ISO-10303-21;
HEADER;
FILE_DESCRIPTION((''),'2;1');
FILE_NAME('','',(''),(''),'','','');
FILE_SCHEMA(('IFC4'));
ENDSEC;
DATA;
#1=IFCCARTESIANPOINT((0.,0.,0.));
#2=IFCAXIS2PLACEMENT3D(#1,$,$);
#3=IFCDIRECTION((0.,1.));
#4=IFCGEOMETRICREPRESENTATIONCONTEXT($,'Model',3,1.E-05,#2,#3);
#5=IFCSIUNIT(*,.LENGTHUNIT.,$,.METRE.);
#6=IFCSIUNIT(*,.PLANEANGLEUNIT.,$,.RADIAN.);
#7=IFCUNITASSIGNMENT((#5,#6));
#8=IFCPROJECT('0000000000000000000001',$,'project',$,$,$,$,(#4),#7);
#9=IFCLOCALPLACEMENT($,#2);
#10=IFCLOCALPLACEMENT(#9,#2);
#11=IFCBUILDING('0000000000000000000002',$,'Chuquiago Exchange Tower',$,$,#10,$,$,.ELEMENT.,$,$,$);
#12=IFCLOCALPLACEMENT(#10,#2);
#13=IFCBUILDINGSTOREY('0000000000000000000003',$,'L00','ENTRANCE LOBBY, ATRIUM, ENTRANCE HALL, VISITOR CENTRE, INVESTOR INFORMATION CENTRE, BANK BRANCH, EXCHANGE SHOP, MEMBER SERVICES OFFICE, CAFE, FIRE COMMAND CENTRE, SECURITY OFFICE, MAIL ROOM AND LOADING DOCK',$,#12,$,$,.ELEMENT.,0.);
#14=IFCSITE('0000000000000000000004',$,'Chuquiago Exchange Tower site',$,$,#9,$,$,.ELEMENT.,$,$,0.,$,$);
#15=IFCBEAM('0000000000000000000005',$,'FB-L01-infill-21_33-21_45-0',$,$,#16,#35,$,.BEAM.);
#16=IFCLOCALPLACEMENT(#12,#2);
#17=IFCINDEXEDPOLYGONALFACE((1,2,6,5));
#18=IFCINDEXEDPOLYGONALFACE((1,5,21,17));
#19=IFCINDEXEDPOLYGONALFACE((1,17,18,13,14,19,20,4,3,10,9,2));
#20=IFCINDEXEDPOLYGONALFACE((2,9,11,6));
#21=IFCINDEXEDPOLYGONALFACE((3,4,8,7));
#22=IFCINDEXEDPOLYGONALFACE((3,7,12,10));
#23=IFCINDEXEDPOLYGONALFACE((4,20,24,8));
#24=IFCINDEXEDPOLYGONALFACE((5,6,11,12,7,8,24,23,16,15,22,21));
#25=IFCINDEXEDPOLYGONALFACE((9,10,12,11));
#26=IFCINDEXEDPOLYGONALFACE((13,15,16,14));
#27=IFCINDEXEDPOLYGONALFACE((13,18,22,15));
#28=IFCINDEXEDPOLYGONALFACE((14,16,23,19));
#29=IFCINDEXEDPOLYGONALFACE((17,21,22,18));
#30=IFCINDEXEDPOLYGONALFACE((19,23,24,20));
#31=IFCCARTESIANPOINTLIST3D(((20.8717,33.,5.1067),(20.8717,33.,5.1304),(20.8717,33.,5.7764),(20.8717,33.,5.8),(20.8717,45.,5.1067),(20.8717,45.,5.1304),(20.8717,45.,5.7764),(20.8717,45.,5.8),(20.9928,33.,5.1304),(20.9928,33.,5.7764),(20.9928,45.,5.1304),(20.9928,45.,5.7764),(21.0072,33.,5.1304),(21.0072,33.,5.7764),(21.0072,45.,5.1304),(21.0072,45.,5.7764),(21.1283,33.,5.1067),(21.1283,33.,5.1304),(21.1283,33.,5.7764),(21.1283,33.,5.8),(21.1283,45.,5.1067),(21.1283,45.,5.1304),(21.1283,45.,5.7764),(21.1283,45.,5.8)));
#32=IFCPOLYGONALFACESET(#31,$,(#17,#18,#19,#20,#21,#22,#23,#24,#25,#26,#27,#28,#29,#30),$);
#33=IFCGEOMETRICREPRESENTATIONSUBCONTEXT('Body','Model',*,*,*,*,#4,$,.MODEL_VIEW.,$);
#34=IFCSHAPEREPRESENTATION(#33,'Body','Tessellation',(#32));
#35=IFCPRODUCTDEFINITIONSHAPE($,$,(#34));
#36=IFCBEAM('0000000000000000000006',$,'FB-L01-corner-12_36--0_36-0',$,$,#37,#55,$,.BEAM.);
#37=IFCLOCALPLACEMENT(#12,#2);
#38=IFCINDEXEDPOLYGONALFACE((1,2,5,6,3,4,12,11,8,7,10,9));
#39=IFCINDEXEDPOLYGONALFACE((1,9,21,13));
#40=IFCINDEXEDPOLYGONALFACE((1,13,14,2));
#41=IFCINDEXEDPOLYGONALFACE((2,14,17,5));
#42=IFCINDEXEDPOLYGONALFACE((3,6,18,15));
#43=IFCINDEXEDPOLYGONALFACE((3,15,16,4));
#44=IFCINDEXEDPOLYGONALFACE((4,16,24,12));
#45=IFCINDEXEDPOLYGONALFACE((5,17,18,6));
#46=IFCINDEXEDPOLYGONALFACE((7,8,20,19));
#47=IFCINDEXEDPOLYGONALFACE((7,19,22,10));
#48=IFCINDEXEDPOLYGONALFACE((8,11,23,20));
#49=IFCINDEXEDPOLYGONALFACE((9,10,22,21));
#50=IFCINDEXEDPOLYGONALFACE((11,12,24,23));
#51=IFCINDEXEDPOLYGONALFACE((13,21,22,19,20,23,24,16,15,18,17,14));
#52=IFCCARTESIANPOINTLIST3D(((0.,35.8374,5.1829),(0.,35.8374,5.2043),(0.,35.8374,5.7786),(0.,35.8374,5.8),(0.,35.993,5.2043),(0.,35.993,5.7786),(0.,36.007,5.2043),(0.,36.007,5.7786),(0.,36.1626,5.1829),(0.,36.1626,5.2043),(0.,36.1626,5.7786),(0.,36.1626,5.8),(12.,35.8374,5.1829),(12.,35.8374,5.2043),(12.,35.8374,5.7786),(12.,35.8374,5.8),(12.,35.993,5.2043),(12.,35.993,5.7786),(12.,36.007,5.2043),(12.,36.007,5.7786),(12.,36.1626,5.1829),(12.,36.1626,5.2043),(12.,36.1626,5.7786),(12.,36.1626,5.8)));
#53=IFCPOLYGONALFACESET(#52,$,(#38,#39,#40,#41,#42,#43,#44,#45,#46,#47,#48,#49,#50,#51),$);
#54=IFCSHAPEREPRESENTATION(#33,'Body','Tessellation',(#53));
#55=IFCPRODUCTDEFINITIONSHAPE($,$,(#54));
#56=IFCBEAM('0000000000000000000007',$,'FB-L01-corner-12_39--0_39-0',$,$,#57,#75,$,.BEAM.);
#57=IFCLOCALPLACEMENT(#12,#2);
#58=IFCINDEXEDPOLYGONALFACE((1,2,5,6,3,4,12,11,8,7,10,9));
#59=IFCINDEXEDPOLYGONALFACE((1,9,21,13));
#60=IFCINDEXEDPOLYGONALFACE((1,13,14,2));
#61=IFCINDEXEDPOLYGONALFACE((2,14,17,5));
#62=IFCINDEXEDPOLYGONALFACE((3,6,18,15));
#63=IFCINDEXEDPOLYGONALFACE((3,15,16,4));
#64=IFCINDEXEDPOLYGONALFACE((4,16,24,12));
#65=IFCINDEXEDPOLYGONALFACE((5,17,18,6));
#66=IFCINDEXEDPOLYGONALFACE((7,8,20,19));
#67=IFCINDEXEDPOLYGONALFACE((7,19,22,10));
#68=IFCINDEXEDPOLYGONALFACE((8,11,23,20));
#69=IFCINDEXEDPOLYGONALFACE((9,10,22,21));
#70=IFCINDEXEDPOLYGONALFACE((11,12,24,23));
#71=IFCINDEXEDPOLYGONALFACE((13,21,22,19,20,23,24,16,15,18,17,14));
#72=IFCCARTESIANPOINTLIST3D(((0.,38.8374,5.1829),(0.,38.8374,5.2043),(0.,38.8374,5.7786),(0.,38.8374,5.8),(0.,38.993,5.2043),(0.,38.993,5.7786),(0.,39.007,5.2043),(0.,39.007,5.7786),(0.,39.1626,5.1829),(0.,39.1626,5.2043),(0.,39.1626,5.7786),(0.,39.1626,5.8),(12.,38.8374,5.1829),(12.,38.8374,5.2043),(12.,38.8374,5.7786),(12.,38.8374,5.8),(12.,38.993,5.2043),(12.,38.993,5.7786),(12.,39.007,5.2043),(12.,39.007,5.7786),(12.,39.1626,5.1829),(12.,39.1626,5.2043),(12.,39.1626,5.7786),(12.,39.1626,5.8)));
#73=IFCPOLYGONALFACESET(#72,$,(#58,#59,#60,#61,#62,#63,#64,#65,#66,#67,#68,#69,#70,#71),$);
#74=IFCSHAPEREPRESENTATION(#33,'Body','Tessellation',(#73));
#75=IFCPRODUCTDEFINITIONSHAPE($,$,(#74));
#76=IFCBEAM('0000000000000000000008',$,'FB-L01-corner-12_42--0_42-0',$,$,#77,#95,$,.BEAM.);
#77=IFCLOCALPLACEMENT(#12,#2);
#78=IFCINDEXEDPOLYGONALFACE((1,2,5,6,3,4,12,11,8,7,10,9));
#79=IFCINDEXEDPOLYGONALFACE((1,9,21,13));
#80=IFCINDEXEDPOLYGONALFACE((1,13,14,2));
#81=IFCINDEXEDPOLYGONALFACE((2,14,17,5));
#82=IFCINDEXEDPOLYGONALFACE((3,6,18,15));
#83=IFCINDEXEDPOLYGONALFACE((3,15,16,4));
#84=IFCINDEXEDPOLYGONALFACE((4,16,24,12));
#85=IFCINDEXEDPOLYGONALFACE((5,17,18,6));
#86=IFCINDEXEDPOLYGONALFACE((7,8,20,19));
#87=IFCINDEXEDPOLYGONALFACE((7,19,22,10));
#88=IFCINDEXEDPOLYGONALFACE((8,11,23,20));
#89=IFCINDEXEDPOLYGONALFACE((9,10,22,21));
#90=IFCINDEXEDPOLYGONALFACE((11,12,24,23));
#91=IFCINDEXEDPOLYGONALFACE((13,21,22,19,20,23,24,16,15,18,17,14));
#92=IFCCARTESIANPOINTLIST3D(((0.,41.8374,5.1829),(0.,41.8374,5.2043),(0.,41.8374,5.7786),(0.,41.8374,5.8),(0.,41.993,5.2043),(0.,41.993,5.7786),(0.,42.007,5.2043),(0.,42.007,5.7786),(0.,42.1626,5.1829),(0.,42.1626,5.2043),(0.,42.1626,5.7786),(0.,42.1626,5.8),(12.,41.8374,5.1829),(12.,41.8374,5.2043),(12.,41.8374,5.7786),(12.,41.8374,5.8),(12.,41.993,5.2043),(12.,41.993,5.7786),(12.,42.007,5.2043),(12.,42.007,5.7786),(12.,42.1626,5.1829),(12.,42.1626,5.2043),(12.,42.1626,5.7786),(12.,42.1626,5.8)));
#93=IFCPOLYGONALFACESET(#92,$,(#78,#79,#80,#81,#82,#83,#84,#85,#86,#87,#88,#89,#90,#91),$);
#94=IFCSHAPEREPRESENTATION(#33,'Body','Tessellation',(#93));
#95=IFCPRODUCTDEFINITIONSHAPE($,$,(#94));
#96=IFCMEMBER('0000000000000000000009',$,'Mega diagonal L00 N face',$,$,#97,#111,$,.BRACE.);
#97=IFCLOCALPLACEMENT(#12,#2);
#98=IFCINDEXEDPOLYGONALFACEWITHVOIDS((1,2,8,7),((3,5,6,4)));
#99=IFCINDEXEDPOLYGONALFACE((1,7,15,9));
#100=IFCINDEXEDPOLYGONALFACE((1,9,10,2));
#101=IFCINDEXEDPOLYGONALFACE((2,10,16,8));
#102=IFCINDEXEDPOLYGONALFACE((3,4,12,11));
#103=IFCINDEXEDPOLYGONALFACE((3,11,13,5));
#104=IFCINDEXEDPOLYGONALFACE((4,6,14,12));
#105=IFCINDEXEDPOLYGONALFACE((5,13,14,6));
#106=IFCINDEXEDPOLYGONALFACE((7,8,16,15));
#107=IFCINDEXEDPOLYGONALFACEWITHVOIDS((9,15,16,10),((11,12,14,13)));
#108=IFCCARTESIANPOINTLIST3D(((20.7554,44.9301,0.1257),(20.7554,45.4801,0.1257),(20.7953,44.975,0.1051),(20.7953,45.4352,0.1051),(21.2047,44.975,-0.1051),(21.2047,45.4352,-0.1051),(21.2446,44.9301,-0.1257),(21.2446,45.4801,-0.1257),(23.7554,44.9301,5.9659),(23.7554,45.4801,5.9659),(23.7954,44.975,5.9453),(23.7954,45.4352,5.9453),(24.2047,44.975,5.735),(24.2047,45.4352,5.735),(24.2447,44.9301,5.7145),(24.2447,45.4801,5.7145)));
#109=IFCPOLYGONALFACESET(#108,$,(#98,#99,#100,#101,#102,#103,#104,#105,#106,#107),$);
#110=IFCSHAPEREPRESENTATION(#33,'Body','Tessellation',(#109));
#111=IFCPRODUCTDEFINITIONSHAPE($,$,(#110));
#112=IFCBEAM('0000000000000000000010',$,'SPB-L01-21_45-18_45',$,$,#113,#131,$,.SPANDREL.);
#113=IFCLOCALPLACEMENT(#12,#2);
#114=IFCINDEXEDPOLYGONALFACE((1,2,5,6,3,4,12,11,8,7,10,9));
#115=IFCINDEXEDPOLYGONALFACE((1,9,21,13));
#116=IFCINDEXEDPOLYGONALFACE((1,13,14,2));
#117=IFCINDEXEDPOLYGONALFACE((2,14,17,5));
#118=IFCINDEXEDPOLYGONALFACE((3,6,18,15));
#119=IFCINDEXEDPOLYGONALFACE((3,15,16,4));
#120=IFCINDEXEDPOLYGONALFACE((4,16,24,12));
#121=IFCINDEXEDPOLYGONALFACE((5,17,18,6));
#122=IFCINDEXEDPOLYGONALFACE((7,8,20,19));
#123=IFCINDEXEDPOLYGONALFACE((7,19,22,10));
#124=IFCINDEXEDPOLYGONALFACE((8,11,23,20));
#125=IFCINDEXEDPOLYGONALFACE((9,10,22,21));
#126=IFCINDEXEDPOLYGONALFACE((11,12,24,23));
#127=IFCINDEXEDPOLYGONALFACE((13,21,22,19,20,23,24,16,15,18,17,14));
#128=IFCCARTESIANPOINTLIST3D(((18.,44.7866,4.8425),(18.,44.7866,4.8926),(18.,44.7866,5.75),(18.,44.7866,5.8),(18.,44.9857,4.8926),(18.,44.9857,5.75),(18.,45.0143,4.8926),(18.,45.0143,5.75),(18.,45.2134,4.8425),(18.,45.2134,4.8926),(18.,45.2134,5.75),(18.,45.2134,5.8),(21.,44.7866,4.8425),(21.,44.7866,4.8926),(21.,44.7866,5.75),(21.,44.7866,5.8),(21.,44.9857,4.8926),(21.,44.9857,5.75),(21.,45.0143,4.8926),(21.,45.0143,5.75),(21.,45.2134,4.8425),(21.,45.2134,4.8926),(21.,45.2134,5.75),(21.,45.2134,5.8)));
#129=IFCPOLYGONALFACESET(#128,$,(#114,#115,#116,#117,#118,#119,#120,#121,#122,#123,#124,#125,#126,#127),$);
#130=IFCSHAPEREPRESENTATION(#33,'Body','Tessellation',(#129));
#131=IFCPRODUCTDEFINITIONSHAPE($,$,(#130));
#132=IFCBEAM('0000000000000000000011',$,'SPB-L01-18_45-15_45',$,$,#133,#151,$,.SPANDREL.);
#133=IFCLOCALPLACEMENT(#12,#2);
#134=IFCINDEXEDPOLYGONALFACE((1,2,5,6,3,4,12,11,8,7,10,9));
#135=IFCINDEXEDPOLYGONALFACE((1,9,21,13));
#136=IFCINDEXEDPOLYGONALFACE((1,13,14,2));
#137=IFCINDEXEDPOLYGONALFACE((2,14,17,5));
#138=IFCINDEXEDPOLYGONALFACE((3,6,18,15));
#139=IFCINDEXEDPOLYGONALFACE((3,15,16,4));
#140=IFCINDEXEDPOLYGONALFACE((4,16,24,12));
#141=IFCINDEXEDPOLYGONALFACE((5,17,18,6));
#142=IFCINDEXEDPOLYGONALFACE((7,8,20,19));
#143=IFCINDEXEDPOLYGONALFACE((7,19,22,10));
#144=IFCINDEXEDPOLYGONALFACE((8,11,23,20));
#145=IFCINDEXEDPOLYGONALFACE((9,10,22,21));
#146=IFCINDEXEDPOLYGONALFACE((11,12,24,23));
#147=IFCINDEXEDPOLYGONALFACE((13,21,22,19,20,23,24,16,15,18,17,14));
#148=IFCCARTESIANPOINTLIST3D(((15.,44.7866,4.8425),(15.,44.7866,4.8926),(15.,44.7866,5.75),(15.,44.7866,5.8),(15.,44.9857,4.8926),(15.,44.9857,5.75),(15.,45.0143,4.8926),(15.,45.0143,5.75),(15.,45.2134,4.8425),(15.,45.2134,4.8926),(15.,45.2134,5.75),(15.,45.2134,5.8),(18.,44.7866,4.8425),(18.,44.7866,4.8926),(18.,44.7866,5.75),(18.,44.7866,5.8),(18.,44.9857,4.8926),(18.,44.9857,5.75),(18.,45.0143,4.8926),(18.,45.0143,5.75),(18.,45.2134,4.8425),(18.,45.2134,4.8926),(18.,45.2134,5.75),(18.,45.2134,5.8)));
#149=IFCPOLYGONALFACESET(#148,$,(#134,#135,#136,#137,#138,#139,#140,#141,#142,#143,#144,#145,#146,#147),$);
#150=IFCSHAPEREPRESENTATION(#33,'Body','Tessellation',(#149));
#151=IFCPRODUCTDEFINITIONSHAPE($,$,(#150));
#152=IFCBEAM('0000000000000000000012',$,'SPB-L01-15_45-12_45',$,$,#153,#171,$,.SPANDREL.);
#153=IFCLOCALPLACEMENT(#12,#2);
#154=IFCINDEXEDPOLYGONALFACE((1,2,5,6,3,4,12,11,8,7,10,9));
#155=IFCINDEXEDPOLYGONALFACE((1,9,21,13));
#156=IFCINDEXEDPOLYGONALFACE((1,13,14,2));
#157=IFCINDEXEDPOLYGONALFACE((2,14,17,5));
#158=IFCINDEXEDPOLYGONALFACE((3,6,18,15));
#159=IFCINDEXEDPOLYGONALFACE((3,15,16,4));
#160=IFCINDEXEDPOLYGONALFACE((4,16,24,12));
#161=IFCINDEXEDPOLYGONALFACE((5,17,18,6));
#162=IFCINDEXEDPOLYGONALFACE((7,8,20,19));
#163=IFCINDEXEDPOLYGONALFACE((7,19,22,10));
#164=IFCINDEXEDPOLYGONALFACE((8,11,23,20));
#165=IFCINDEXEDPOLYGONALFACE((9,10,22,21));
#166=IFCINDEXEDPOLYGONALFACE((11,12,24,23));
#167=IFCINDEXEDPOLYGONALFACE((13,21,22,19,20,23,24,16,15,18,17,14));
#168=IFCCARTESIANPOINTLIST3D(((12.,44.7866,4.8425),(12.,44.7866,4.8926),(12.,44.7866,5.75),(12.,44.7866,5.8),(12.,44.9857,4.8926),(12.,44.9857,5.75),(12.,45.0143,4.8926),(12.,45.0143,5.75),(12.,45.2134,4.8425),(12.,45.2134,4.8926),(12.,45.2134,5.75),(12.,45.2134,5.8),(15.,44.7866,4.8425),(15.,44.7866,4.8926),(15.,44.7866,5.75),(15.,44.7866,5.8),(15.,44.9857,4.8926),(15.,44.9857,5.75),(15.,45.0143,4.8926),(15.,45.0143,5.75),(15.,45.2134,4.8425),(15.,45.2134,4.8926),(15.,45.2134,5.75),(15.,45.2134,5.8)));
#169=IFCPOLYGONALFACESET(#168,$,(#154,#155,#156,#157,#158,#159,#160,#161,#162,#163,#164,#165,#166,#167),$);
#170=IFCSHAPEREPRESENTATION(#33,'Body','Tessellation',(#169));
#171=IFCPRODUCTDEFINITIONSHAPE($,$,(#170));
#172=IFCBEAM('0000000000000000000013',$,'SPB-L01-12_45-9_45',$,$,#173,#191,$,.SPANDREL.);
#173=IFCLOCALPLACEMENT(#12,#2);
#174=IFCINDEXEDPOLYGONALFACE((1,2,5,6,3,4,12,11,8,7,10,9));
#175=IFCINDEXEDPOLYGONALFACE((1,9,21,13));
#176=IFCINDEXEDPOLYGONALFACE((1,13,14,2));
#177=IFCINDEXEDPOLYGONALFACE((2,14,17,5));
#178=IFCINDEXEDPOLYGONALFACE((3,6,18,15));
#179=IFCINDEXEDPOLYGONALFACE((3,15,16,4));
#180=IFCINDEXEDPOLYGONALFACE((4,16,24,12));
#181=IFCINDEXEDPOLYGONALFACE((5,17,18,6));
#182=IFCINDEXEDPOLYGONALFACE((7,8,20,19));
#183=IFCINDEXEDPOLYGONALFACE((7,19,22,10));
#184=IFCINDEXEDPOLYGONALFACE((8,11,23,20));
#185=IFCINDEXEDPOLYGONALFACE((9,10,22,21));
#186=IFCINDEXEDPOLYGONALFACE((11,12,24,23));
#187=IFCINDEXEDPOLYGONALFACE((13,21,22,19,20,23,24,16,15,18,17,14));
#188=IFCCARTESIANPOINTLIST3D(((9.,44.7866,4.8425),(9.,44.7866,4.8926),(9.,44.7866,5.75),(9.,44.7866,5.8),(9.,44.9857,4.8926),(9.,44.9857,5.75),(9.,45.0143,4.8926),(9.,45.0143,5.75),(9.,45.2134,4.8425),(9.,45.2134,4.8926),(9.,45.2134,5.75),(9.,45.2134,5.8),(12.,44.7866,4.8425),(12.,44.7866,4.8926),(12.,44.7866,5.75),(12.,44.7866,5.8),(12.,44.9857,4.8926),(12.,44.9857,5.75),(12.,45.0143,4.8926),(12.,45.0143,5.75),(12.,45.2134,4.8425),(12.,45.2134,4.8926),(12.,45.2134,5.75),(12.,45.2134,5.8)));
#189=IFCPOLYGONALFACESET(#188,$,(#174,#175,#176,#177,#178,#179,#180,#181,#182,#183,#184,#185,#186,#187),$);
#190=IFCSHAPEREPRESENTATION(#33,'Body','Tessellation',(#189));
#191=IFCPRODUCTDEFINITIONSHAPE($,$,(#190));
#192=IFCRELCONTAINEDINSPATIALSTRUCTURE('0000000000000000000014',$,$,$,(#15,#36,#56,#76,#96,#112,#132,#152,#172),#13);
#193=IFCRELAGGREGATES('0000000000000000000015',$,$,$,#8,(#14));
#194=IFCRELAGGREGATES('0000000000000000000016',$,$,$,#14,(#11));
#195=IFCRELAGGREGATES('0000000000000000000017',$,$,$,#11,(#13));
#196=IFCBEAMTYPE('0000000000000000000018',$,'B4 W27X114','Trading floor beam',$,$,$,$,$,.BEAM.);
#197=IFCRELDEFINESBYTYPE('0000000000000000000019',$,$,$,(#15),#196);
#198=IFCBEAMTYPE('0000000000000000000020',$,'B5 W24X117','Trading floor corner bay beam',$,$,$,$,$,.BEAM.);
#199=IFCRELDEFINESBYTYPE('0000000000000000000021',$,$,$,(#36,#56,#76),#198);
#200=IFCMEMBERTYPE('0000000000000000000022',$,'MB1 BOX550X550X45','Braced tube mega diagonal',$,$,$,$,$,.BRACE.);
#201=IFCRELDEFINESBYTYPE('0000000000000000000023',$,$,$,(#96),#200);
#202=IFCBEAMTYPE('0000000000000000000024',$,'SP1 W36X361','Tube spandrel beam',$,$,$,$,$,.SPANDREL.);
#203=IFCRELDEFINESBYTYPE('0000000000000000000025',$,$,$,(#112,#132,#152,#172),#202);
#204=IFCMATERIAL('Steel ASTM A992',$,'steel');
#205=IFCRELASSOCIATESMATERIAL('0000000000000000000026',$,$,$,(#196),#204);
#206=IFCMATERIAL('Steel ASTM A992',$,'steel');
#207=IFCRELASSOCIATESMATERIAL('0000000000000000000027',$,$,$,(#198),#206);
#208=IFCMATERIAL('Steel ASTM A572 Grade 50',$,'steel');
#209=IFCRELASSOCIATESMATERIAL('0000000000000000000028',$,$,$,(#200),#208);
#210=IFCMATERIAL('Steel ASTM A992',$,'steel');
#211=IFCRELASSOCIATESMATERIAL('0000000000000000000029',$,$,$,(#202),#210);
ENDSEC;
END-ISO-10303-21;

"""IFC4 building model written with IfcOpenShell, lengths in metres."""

from ifc_helpers import new_model, si_unit, direction, frame, origin, origin_2d, place, context, subcontext, project, spatial, hollow_rectangle, i_section, extrude, material, material_profile, profile_set, type_object, element, save


model = new_model("IFC4")

# Units and contexts
model_context = context("Model", 3, precision=1e-05, world=origin(), true_north=direction((0.0, 1.0)))
body_context = subcontext(model_context, "Body", "Model", "MODEL_VIEW")
ifc_project = project(units=[si_unit("LENGTHUNIT", "METRE"), si_unit("PLANEANGLEUNIT", "RADIAN")], contexts=[model_context])

# Site, building, storey
site_placement = place(None, origin())
site = spatial("IfcSite", under=ifc_project, at=site_placement, Name="Chuquiago Exchange Tower site", CompositionType="ELEMENT", RefElevation=0.0)
building_placement = place(site_placement, origin())
building = spatial("IfcBuilding", under=site, at=building_placement, Name="Chuquiago Exchange Tower", CompositionType="ELEMENT")
storey_placement = place(building_placement, origin())
storey = spatial("IfcBuildingStorey", under=building, at=storey_placement, Name="L00", Description="ENTRANCE LOBBY, ATRIUM, ENTRANCE HALL, VISITOR CENTRE, INVESTOR INFORMATION CENTRE, BANK BRANCH, EXCHANGE SHOP, MEMBER SERVICES OFFICE, CAFE, FIRE COMMAND CENTRE, SECURITY OFFICE, MAIL ROOM AND LOADING DOCK", CompositionType="ELEMENT", Elevation=0.0)

# Beams
ifc_material_1 = material(Name="Steel ASTM A992", Category="steel")
ifc_material_profile_1 = material_profile(ifc_material_1, i_section(OverallWidth=0.2566, OverallDepth=0.6934, WebThickness=0.0144, FlangeThickness=0.0237, at=origin_2d()), Name="W27X114")
ifc_profile_set_1 = profile_set([ifc_material_profile_1], Name="Steel ASTM A992")
beam_type_1 = type_object("IfcBeamType", Name="B4 W27X114", Description="Trading floor beam", PredefinedType="BEAM", material=ifc_profile_set_1)
for number, where, z_axis, x_axis, name in (
    (1, (21.0, 33.0, 5.4534), (0.0, 1.0, 0.0), (-1.0, 0.0, 0.0), "FB-L01-infill-21_33-21_45-0"),
):
    element("IfcBeam", number, at=place(storey_placement, frame(where, z_axis=z_axis, x_axis=x_axis)), inside=storey, type_object=beam_type_1, Name=name, PredefinedType="BEAM", context=body_context, shape_type="SweptSolid", body=[
        extrude(i_section(OverallWidth=0.2566, OverallDepth=0.6934, WebThickness=0.0144, FlangeThickness=0.0237, at=origin_2d()), origin(), (0.0, 0.0, 1.0), 12.0),
    ])
ifc_material_2 = material(Name="Steel ASTM A992", Category="steel")
ifc_material_profile_2 = material_profile(ifc_material_2, i_section(OverallWidth=0.3252, OverallDepth=0.6172, WebThickness=0.0139, FlangeThickness=0.0215, at=origin_2d()), Name="W24X117")
ifc_profile_set_2 = profile_set([ifc_material_profile_2], Name="Steel ASTM A992")
beam_type_2 = type_object("IfcBeamType", Name="B5 W24X117", Description="Trading floor corner bay beam", PredefinedType="BEAM", material=ifc_profile_set_2)
for number, where, z_axis, x_axis, name in (
    (2, (12.0, 36.0, 5.4915), (-1.0, 0.0, 0.0), (0.0, -1.0, 0.0), "FB-L01-corner-12_36--0_36-0"),
    (3, (12.0, 39.0, 5.4915), (-1.0, 0.0, 0.0), (0.0, -1.0, 0.0), "FB-L01-corner-12_39--0_39-0"),
    (4, (12.0, 42.0, 5.4915), (-1.0, 0.0, 0.0), (0.0, -1.0, 0.0), "FB-L01-corner-12_42--0_42-0"),
):
    element("IfcBeam", number, at=place(storey_placement, frame(where, z_axis=z_axis, x_axis=x_axis)), inside=storey, type_object=beam_type_2, Name=name, PredefinedType="BEAM", context=body_context, shape_type="SweptSolid", body=[
        extrude(i_section(OverallWidth=0.3252, OverallDepth=0.6172, WebThickness=0.0139, FlangeThickness=0.0215, at=origin_2d()), origin(), (0.0, 0.0, 1.0), 12.0),
    ])

# Member
ifc_material_3 = material(Name="Steel ASTM A572 Grade 50", Category="steel")
ifc_material_profile_3 = material_profile(ifc_material_3, hollow_rectangle(XDim=0.55, YDim=0.55, WallThickness=0.0449, at=origin_2d()), Name="BOX550X550X45")
ifc_profile_set_3 = profile_set([ifc_material_profile_3], Name="Steel ASTM A572 Grade 50")
member_type = type_object("IfcMemberType", Name="MB1 BOX550X550X45", Description="Braced tube mega diagonal", PredefinedType="BRACE", material=ifc_profile_set_3)
member_placement = place(storey_placement, frame((21.0, 45.2051, 0.0), z_axis=(0.45693, 0.0, 0.889503), x_axis=(0.0, 1.0, 0.0)))
element("IfcMember", 5, at=member_placement, inside=storey, type_object=member_type, Name="Mega diagonal L00 N face", PredefinedType="BRACE", context=body_context, shape_type="SweptSolid", body=[
    extrude(hollow_rectangle(XDim=0.55, YDim=0.55, WallThickness=0.0449, at=origin_2d()), origin(), (0.0, 0.0, 1.0), 6.5657),
])

# Beams
ifc_material_4 = material(Name="Steel ASTM A992", Category="steel")
ifc_material_profile_4 = material_profile(ifc_material_4, i_section(OverallWidth=0.4268, OverallDepth=0.9575, WebThickness=0.0286, FlangeThickness=0.05, at=origin_2d()), Name="W36X361")
ifc_profile_set_4 = profile_set([ifc_material_profile_4], Name="Steel ASTM A992")
beam_type_3 = type_object("IfcBeamType", Name="SP1 W36X361", Description="Tube spandrel beam", PredefinedType="SPANDREL", material=ifc_profile_set_4)
for number, where, z_axis, x_axis, name in (
    (6, (21.0, 45.0, 5.3213), (-1.0, 0.0, 0.0), (0.0, -1.0, 0.0), "SPB-L01-21_45-18_45"),
    (7, (18.0, 45.0, 5.3213), (-1.0, 0.0, 0.0), (0.0, -1.0, 0.0), "SPB-L01-18_45-15_45"),
    (8, (15.0, 45.0, 5.3213), (-1.0, 0.0, 0.0), (0.0, -1.0, 0.0), "SPB-L01-15_45-12_45"),
    (9, (12.0, 45.0, 5.3213), (-1.0, 0.0, 0.0), (0.0, -1.0, 0.0), "SPB-L01-12_45-9_45"),
):
    element("IfcBeam", number, at=place(storey_placement, frame(where, z_axis=z_axis, x_axis=x_axis)), inside=storey, type_object=beam_type_3, Name=name, PredefinedType="SPANDREL", context=body_context, shape_type="SweptSolid", body=[
        extrude(i_section(OverallWidth=0.4268, OverallDepth=0.9575, WebThickness=0.0286, FlangeThickness=0.05, at=origin_2d()), origin(), (0.0, 0.0, 1.0), 3.0),
    ])

save(model, "model.ifc")
